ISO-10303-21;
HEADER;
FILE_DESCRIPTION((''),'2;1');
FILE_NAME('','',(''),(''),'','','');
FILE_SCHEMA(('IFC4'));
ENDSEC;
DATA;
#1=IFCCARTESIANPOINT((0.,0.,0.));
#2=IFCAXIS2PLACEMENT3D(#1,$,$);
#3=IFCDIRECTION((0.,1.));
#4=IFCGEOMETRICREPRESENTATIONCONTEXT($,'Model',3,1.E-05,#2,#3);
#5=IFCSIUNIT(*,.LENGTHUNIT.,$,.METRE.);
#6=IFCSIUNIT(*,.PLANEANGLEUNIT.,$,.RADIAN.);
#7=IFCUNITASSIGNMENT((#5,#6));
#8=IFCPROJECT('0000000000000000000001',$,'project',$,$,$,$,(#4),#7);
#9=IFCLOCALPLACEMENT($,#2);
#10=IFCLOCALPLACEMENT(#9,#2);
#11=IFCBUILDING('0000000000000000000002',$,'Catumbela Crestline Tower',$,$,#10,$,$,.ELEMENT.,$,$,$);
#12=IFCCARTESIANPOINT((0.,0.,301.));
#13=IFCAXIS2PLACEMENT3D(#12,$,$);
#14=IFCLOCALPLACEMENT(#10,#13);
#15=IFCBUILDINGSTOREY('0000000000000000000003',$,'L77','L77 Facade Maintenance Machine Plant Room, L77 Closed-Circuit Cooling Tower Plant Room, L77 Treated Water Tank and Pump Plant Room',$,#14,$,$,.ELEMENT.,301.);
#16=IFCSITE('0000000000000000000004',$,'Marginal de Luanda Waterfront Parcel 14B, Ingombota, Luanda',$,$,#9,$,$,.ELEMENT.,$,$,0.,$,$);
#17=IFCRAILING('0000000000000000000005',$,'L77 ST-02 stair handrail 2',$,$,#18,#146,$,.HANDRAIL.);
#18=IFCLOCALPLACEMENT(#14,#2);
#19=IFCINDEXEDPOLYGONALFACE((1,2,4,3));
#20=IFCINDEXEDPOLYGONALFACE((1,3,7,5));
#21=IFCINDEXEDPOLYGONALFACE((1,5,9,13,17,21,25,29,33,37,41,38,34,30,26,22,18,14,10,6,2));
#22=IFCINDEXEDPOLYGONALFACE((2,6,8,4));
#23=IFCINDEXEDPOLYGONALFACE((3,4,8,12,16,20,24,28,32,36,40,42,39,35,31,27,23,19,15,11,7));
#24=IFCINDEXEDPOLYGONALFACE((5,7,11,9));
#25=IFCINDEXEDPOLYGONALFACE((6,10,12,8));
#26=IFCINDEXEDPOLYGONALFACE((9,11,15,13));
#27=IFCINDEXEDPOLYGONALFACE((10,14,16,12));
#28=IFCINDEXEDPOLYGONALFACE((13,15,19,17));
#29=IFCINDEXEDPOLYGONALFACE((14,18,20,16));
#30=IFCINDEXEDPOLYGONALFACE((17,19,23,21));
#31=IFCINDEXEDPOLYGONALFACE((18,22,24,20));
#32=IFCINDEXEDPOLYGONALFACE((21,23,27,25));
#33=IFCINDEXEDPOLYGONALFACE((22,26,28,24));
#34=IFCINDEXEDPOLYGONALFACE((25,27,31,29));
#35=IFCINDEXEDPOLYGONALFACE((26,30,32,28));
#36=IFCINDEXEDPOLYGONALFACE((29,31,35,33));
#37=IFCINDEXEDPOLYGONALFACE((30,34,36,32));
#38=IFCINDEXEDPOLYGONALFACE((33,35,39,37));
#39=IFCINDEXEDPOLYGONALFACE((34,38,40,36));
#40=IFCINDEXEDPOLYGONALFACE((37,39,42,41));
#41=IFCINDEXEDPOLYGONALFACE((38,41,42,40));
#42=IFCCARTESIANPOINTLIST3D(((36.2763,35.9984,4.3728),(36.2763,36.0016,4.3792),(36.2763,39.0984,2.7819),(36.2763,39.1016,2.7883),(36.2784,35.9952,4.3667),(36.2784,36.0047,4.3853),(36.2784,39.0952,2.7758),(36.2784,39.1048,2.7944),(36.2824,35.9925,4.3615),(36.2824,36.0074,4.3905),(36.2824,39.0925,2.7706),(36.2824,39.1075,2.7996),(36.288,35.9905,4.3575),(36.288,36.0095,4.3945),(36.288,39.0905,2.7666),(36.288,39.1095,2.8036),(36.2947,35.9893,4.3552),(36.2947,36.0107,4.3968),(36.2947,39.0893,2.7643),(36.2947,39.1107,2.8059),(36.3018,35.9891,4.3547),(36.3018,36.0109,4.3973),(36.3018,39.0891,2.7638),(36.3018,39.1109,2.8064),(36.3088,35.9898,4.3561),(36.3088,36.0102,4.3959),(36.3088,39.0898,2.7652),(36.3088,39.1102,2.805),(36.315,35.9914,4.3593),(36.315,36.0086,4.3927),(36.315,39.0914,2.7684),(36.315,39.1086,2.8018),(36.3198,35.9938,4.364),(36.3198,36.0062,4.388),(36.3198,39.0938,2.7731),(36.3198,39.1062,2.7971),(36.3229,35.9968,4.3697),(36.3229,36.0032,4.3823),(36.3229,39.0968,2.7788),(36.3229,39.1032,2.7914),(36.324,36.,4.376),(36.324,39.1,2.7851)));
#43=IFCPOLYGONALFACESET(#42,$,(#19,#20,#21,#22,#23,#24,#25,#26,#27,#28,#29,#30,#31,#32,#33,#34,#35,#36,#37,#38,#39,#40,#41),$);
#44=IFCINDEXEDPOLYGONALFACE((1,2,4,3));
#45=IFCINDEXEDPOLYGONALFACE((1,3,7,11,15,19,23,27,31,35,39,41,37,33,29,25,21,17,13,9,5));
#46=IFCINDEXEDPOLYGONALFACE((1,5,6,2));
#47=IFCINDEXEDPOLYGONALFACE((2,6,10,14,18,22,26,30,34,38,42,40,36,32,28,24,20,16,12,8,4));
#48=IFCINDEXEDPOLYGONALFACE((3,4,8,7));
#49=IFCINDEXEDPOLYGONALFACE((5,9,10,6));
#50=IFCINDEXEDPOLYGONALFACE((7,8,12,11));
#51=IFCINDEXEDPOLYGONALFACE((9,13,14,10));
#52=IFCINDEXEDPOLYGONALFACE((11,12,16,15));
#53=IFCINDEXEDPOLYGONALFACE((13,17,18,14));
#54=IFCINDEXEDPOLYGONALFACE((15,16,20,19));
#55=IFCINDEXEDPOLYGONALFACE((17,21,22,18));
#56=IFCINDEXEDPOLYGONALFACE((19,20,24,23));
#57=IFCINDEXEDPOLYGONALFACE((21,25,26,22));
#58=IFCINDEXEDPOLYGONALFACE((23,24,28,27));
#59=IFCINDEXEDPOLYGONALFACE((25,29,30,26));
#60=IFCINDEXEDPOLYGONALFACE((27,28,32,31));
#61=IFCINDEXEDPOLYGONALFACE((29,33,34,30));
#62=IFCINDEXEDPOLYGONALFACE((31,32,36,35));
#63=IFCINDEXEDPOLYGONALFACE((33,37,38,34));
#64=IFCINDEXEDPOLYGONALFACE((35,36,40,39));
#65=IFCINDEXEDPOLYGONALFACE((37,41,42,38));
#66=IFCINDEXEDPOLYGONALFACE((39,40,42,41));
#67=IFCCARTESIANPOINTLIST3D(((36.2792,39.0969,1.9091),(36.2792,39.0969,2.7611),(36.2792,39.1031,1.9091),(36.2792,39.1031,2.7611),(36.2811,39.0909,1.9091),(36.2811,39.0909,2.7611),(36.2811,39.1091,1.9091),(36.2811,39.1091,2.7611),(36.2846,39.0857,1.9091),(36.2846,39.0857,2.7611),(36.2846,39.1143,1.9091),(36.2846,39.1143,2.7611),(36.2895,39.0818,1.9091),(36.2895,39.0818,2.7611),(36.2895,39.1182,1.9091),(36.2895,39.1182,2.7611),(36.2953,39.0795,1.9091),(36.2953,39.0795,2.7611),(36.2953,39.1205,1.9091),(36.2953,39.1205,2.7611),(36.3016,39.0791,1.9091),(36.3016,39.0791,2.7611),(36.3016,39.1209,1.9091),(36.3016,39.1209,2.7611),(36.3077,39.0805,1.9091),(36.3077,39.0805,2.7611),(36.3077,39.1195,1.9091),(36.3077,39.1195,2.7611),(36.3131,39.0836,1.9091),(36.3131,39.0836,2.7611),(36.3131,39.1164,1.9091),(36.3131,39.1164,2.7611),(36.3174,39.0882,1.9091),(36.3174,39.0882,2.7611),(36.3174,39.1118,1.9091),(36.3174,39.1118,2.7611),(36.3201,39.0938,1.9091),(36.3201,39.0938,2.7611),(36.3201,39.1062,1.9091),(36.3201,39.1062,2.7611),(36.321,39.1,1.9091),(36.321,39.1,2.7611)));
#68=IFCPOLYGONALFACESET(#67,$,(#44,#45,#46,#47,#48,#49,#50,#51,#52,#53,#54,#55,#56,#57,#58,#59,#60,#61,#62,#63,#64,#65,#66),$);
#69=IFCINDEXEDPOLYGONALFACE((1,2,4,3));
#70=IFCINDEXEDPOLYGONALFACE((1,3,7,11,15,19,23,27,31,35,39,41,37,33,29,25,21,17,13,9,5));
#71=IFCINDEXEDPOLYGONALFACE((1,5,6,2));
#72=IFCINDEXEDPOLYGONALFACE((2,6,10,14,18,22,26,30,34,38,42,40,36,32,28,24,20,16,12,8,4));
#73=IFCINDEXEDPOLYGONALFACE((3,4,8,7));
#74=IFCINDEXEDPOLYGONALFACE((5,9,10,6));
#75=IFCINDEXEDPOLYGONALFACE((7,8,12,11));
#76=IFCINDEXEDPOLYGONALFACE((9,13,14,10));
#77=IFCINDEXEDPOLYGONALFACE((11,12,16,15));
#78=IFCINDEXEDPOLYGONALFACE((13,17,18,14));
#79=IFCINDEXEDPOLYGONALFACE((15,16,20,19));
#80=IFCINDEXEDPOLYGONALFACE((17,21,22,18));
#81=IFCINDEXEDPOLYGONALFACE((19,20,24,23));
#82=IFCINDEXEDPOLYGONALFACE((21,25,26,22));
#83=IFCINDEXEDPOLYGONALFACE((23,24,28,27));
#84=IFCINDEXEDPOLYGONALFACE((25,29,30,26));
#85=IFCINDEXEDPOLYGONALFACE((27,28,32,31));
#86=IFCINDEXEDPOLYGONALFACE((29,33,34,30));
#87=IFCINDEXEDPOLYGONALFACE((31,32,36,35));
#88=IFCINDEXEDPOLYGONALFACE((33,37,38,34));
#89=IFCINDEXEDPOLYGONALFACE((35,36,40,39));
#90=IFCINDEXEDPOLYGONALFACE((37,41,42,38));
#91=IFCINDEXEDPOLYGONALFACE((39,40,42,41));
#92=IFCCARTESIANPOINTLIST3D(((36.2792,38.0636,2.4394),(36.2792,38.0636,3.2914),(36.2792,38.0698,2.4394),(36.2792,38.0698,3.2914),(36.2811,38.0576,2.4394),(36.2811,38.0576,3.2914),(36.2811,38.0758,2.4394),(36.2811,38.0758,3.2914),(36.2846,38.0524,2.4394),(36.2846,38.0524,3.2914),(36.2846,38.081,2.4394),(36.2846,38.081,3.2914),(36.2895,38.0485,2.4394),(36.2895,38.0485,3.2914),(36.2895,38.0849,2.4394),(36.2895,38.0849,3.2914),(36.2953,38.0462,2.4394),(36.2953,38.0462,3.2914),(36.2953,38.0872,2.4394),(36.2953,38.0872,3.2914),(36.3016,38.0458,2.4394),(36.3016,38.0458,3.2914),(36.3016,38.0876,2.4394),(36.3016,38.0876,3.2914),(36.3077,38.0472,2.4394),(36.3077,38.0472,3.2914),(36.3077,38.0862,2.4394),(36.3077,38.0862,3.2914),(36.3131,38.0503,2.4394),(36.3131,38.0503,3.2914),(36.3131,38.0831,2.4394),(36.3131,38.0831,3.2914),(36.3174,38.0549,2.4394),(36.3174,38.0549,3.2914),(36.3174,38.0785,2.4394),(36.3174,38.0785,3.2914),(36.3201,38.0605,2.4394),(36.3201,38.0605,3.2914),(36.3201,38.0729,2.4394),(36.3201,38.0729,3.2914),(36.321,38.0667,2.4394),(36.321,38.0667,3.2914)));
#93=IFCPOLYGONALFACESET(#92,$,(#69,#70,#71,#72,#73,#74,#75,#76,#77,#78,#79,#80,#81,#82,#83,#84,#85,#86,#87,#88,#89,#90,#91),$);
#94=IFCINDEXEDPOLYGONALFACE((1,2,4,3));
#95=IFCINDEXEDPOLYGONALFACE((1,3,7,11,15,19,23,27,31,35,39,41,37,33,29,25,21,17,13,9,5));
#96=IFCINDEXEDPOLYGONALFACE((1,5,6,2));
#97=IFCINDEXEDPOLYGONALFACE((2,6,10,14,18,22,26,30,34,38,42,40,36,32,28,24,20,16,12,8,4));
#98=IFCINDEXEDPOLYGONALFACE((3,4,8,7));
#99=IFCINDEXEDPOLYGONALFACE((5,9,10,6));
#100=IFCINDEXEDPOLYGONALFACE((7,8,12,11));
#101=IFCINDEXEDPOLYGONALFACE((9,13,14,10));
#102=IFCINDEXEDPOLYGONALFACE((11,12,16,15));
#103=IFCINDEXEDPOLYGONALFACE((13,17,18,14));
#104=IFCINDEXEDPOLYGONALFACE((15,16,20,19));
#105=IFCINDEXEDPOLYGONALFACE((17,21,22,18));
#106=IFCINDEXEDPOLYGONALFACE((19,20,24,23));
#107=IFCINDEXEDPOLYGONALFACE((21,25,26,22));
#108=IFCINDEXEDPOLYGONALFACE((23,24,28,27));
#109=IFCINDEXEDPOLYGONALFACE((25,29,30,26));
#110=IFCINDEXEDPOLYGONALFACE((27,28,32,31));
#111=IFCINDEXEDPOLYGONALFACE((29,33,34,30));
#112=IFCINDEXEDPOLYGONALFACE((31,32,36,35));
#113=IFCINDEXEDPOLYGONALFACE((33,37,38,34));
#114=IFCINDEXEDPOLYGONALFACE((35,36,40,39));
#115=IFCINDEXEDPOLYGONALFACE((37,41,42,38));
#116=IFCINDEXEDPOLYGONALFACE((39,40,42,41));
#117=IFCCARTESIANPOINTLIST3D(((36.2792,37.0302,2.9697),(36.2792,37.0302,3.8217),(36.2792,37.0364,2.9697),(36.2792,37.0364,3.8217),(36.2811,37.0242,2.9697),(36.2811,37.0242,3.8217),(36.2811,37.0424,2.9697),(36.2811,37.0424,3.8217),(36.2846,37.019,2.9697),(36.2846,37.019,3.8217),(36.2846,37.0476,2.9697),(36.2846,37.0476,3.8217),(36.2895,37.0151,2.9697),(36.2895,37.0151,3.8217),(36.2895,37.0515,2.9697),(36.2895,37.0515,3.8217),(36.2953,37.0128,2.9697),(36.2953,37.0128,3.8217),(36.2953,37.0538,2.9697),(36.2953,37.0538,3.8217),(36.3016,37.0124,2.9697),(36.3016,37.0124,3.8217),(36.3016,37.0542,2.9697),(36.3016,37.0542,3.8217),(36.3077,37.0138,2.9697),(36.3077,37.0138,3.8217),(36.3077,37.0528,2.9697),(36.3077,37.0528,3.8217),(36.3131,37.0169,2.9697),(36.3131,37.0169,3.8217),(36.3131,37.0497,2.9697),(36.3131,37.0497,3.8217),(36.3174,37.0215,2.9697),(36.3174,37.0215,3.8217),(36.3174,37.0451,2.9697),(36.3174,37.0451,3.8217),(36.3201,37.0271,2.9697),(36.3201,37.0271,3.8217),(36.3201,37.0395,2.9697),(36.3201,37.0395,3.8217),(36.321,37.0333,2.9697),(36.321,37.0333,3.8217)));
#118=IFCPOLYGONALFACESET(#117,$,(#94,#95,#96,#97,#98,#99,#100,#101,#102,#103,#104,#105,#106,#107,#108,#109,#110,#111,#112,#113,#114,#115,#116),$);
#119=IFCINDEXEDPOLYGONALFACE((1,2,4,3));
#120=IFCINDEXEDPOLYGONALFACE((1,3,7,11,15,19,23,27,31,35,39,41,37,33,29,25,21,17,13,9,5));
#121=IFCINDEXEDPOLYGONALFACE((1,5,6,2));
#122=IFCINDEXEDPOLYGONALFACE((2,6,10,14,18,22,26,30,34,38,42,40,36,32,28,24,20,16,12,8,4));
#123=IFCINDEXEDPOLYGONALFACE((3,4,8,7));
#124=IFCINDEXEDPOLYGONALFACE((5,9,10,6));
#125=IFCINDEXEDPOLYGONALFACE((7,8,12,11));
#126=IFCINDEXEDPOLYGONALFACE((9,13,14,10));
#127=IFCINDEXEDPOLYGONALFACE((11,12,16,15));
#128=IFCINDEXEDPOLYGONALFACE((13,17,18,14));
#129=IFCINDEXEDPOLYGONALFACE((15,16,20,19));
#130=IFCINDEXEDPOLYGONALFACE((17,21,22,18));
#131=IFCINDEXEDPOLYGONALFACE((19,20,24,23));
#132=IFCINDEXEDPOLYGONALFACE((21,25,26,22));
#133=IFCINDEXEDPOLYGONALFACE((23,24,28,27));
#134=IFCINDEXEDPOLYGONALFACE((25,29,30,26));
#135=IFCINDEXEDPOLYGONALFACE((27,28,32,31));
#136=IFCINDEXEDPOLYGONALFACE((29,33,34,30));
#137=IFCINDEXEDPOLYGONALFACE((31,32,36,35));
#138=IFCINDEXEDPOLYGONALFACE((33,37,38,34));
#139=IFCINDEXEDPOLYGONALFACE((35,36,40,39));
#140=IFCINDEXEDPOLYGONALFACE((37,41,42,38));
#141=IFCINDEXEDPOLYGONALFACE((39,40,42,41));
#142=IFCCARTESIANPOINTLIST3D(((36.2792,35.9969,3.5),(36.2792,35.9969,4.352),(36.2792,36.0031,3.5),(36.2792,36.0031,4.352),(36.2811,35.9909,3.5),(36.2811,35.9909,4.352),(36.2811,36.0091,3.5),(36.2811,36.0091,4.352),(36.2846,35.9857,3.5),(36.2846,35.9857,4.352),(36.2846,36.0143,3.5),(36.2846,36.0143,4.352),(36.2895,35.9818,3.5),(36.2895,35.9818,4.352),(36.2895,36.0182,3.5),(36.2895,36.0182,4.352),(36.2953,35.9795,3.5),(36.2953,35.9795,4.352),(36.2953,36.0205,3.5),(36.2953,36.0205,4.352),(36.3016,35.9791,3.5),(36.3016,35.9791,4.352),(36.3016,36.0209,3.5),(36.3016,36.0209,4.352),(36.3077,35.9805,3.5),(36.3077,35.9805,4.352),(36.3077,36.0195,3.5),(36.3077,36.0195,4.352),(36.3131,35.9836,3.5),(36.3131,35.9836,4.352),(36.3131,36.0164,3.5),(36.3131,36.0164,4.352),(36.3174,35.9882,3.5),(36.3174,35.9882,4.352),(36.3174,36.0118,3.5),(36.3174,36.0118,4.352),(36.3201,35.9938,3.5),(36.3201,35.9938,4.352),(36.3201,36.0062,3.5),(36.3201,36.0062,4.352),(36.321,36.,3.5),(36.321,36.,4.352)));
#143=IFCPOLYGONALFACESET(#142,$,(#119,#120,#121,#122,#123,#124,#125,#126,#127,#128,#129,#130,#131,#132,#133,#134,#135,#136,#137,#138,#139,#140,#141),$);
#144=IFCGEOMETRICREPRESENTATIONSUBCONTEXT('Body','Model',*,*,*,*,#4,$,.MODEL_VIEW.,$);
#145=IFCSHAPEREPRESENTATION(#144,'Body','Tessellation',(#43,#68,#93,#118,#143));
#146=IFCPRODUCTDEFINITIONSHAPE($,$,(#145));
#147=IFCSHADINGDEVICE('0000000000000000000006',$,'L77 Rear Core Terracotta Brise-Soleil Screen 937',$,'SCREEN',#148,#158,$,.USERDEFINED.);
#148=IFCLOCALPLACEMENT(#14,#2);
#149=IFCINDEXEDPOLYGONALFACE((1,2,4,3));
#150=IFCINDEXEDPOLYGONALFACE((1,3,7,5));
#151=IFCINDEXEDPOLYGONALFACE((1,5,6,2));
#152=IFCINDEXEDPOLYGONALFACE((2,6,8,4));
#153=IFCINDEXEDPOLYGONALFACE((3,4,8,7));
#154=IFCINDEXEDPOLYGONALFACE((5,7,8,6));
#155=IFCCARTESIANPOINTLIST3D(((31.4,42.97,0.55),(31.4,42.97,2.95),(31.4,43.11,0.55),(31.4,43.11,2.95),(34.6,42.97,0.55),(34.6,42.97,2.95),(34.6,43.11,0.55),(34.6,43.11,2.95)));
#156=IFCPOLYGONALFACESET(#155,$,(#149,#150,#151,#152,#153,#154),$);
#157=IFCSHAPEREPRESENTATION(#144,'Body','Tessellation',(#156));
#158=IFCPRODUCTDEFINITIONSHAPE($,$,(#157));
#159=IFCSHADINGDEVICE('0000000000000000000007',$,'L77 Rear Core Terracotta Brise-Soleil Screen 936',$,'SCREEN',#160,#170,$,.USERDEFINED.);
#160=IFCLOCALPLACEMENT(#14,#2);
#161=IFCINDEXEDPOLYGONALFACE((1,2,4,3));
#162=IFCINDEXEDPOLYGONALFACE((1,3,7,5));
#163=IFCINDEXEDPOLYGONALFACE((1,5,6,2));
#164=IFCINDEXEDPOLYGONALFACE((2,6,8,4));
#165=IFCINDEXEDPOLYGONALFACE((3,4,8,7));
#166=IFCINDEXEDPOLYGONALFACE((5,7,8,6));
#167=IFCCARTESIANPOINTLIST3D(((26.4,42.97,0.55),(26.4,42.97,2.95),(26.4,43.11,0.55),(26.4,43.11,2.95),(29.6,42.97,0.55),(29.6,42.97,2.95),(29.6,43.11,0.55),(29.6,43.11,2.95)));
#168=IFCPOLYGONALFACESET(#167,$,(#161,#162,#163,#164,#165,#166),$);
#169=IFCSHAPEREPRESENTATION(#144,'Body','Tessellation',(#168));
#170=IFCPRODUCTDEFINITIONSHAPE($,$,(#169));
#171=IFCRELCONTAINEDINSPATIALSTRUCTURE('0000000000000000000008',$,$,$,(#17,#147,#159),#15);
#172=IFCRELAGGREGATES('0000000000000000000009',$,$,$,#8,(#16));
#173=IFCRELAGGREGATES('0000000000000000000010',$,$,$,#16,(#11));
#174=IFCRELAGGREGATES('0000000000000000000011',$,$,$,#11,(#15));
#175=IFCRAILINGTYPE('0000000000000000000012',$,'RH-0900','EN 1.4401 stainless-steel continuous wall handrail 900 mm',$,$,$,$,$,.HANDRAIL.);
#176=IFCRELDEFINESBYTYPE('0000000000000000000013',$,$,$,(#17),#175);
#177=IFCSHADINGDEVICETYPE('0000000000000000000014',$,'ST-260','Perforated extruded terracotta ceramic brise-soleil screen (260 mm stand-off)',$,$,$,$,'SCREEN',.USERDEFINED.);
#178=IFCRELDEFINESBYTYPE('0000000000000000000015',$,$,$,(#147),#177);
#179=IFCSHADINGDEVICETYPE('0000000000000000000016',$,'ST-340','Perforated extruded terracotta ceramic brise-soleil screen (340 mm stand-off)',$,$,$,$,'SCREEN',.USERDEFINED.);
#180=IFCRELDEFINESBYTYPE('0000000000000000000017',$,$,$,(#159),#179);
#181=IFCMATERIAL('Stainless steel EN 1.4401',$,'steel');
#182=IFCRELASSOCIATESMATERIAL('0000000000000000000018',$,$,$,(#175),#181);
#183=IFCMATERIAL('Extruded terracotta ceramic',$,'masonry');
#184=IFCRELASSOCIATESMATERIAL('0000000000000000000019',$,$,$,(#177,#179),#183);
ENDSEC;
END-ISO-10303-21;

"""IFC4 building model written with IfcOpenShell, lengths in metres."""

from ifc_helpers import new_model, si_unit, direction, frame, origin, origin_2d, place, context, subcontext, project, spatial, rectangle, circle, extrude, material, type_object, element, save


model = new_model("IFC4")

# Units and contexts
model_context = context("Model", 3, precision=1e-05, world=origin(), true_north=direction((0.0, 1.0)))
body_context = subcontext(model_context, "Body", "Model", "MODEL_VIEW")
ifc_project = project(units=[si_unit("LENGTHUNIT", "METRE"), si_unit("PLANEANGLEUNIT", "RADIAN")], contexts=[model_context])

# Site, building, storey
site_placement = place(None, origin())
site = spatial("IfcSite", under=ifc_project, at=site_placement, Name="Marginal de Luanda Waterfront Parcel 14B, Ingombota, Luanda", CompositionType="ELEMENT", RefElevation=0.0)
building_placement = place(site_placement, origin())
building = spatial("IfcBuilding", under=site, at=building_placement, Name="Catumbela Crestline Tower", CompositionType="ELEMENT")
storey_placement = place(building_placement, frame((0.0, 0.0, 301.0)))
storey = spatial("IfcBuildingStorey", under=building, at=storey_placement, Name="L77", Description="L77 Facade Maintenance Machine Plant Room, L77 Closed-Circuit Cooling Tower Plant Room, L77 Treated Water Tank and Pump Plant Room", CompositionType="ELEMENT", Elevation=301.0)

# Shared definitions
ifc_material_1 = material(Name="Stainless steel EN 1.4401", Category="steel")

# Railing
railing_type = type_object("IfcRailingType", Name="RH-0900", Description="EN 1.4401 stainless-steel continuous wall handrail 900 mm", PredefinedType="HANDRAIL", material=ifc_material_1)
railing_placement = place(storey_placement, frame((36.3, 39.1, 1.9091)))
element("IfcRailing", 1, at=railing_placement, inside=storey, type_object=railing_type, Name="L77 ST-02 stair handrail 2", PredefinedType="HANDRAIL", context=body_context, shape_type="SweptSolid", body=[
    extrude(circle(Radius=0.024, at=origin_2d()), frame((0.0, 0.0, 0.876), z_axis=(0.0, -0.889683, 0.456579), x_axis=(1.0, 0.0, 0.0)), (0.0, 0.0, 1.0), 3.4844),
    extrude(circle(Radius=0.021, at=origin_2d()), origin(), (0.0, 0.0, 1.0), 0.852),
    extrude(circle(Radius=0.021, at=origin_2d()), frame((0.0, -1.0333, 0.5303)), (0.0, 0.0, 1.0), 0.852),
    extrude(circle(Radius=0.021, at=origin_2d()), frame((0.0, -2.0667, 1.0606)), (0.0, 0.0, 1.0), 0.852),
    extrude(circle(Radius=0.021, at=origin_2d()), frame((0.0, -3.1, 1.5909)), (0.0, 0.0, 1.0), 0.852),
])

# Shading devices
ifc_material_2 = material(Name="Extruded terracotta ceramic", Category="masonry")
shading_device_type_1 = type_object("IfcShadingDeviceType", Name="ST-260", Description="Perforated extruded terracotta ceramic brise-soleil screen (260 mm stand-off)", ElementType="SCREEN", PredefinedType="USERDEFINED", material=ifc_material_2)
shading_device_1_placement = place(storey_placement, frame((33.0, 43.04, 0.55), z_axis=(0.0, 0.0, 1.0), x_axis=(1.0, 0.0, 0.0)))
element("IfcShadingDevice", 2, at=shading_device_1_placement, inside=storey, type_object=shading_device_type_1, Name="L77 Rear Core Terracotta Brise-Soleil Screen 937", ObjectType="SCREEN", PredefinedType="USERDEFINED", context=body_context, shape_type="SweptSolid", body=[
    extrude(rectangle(XDim=3.2, YDim=0.14, at=origin_2d()), origin(), (0.0, 0.0, 1.0), 2.4),
])
shading_device_type_2 = type_object("IfcShadingDeviceType", Name="ST-340", Description="Perforated extruded terracotta ceramic brise-soleil screen (340 mm stand-off)", ElementType="SCREEN", PredefinedType="USERDEFINED", material=ifc_material_2)
shading_device_2_placement = place(storey_placement, frame((28.0, 43.04, 0.55), z_axis=(0.0, 0.0, 1.0), x_axis=(1.0, 0.0, 0.0)))
element("IfcShadingDevice", 3, at=shading_device_2_placement, inside=storey, type_object=shading_device_type_2, Name="L77 Rear Core Terracotta Brise-Soleil Screen 936", ObjectType="SCREEN", PredefinedType="USERDEFINED", context=body_context, shape_type="SweptSolid", body=[
    extrude(rectangle(XDim=3.2, YDim=0.14, at=origin_2d()), origin(), (0.0, 0.0, 1.0), 2.4),
])

save(model, "model.ifc")
